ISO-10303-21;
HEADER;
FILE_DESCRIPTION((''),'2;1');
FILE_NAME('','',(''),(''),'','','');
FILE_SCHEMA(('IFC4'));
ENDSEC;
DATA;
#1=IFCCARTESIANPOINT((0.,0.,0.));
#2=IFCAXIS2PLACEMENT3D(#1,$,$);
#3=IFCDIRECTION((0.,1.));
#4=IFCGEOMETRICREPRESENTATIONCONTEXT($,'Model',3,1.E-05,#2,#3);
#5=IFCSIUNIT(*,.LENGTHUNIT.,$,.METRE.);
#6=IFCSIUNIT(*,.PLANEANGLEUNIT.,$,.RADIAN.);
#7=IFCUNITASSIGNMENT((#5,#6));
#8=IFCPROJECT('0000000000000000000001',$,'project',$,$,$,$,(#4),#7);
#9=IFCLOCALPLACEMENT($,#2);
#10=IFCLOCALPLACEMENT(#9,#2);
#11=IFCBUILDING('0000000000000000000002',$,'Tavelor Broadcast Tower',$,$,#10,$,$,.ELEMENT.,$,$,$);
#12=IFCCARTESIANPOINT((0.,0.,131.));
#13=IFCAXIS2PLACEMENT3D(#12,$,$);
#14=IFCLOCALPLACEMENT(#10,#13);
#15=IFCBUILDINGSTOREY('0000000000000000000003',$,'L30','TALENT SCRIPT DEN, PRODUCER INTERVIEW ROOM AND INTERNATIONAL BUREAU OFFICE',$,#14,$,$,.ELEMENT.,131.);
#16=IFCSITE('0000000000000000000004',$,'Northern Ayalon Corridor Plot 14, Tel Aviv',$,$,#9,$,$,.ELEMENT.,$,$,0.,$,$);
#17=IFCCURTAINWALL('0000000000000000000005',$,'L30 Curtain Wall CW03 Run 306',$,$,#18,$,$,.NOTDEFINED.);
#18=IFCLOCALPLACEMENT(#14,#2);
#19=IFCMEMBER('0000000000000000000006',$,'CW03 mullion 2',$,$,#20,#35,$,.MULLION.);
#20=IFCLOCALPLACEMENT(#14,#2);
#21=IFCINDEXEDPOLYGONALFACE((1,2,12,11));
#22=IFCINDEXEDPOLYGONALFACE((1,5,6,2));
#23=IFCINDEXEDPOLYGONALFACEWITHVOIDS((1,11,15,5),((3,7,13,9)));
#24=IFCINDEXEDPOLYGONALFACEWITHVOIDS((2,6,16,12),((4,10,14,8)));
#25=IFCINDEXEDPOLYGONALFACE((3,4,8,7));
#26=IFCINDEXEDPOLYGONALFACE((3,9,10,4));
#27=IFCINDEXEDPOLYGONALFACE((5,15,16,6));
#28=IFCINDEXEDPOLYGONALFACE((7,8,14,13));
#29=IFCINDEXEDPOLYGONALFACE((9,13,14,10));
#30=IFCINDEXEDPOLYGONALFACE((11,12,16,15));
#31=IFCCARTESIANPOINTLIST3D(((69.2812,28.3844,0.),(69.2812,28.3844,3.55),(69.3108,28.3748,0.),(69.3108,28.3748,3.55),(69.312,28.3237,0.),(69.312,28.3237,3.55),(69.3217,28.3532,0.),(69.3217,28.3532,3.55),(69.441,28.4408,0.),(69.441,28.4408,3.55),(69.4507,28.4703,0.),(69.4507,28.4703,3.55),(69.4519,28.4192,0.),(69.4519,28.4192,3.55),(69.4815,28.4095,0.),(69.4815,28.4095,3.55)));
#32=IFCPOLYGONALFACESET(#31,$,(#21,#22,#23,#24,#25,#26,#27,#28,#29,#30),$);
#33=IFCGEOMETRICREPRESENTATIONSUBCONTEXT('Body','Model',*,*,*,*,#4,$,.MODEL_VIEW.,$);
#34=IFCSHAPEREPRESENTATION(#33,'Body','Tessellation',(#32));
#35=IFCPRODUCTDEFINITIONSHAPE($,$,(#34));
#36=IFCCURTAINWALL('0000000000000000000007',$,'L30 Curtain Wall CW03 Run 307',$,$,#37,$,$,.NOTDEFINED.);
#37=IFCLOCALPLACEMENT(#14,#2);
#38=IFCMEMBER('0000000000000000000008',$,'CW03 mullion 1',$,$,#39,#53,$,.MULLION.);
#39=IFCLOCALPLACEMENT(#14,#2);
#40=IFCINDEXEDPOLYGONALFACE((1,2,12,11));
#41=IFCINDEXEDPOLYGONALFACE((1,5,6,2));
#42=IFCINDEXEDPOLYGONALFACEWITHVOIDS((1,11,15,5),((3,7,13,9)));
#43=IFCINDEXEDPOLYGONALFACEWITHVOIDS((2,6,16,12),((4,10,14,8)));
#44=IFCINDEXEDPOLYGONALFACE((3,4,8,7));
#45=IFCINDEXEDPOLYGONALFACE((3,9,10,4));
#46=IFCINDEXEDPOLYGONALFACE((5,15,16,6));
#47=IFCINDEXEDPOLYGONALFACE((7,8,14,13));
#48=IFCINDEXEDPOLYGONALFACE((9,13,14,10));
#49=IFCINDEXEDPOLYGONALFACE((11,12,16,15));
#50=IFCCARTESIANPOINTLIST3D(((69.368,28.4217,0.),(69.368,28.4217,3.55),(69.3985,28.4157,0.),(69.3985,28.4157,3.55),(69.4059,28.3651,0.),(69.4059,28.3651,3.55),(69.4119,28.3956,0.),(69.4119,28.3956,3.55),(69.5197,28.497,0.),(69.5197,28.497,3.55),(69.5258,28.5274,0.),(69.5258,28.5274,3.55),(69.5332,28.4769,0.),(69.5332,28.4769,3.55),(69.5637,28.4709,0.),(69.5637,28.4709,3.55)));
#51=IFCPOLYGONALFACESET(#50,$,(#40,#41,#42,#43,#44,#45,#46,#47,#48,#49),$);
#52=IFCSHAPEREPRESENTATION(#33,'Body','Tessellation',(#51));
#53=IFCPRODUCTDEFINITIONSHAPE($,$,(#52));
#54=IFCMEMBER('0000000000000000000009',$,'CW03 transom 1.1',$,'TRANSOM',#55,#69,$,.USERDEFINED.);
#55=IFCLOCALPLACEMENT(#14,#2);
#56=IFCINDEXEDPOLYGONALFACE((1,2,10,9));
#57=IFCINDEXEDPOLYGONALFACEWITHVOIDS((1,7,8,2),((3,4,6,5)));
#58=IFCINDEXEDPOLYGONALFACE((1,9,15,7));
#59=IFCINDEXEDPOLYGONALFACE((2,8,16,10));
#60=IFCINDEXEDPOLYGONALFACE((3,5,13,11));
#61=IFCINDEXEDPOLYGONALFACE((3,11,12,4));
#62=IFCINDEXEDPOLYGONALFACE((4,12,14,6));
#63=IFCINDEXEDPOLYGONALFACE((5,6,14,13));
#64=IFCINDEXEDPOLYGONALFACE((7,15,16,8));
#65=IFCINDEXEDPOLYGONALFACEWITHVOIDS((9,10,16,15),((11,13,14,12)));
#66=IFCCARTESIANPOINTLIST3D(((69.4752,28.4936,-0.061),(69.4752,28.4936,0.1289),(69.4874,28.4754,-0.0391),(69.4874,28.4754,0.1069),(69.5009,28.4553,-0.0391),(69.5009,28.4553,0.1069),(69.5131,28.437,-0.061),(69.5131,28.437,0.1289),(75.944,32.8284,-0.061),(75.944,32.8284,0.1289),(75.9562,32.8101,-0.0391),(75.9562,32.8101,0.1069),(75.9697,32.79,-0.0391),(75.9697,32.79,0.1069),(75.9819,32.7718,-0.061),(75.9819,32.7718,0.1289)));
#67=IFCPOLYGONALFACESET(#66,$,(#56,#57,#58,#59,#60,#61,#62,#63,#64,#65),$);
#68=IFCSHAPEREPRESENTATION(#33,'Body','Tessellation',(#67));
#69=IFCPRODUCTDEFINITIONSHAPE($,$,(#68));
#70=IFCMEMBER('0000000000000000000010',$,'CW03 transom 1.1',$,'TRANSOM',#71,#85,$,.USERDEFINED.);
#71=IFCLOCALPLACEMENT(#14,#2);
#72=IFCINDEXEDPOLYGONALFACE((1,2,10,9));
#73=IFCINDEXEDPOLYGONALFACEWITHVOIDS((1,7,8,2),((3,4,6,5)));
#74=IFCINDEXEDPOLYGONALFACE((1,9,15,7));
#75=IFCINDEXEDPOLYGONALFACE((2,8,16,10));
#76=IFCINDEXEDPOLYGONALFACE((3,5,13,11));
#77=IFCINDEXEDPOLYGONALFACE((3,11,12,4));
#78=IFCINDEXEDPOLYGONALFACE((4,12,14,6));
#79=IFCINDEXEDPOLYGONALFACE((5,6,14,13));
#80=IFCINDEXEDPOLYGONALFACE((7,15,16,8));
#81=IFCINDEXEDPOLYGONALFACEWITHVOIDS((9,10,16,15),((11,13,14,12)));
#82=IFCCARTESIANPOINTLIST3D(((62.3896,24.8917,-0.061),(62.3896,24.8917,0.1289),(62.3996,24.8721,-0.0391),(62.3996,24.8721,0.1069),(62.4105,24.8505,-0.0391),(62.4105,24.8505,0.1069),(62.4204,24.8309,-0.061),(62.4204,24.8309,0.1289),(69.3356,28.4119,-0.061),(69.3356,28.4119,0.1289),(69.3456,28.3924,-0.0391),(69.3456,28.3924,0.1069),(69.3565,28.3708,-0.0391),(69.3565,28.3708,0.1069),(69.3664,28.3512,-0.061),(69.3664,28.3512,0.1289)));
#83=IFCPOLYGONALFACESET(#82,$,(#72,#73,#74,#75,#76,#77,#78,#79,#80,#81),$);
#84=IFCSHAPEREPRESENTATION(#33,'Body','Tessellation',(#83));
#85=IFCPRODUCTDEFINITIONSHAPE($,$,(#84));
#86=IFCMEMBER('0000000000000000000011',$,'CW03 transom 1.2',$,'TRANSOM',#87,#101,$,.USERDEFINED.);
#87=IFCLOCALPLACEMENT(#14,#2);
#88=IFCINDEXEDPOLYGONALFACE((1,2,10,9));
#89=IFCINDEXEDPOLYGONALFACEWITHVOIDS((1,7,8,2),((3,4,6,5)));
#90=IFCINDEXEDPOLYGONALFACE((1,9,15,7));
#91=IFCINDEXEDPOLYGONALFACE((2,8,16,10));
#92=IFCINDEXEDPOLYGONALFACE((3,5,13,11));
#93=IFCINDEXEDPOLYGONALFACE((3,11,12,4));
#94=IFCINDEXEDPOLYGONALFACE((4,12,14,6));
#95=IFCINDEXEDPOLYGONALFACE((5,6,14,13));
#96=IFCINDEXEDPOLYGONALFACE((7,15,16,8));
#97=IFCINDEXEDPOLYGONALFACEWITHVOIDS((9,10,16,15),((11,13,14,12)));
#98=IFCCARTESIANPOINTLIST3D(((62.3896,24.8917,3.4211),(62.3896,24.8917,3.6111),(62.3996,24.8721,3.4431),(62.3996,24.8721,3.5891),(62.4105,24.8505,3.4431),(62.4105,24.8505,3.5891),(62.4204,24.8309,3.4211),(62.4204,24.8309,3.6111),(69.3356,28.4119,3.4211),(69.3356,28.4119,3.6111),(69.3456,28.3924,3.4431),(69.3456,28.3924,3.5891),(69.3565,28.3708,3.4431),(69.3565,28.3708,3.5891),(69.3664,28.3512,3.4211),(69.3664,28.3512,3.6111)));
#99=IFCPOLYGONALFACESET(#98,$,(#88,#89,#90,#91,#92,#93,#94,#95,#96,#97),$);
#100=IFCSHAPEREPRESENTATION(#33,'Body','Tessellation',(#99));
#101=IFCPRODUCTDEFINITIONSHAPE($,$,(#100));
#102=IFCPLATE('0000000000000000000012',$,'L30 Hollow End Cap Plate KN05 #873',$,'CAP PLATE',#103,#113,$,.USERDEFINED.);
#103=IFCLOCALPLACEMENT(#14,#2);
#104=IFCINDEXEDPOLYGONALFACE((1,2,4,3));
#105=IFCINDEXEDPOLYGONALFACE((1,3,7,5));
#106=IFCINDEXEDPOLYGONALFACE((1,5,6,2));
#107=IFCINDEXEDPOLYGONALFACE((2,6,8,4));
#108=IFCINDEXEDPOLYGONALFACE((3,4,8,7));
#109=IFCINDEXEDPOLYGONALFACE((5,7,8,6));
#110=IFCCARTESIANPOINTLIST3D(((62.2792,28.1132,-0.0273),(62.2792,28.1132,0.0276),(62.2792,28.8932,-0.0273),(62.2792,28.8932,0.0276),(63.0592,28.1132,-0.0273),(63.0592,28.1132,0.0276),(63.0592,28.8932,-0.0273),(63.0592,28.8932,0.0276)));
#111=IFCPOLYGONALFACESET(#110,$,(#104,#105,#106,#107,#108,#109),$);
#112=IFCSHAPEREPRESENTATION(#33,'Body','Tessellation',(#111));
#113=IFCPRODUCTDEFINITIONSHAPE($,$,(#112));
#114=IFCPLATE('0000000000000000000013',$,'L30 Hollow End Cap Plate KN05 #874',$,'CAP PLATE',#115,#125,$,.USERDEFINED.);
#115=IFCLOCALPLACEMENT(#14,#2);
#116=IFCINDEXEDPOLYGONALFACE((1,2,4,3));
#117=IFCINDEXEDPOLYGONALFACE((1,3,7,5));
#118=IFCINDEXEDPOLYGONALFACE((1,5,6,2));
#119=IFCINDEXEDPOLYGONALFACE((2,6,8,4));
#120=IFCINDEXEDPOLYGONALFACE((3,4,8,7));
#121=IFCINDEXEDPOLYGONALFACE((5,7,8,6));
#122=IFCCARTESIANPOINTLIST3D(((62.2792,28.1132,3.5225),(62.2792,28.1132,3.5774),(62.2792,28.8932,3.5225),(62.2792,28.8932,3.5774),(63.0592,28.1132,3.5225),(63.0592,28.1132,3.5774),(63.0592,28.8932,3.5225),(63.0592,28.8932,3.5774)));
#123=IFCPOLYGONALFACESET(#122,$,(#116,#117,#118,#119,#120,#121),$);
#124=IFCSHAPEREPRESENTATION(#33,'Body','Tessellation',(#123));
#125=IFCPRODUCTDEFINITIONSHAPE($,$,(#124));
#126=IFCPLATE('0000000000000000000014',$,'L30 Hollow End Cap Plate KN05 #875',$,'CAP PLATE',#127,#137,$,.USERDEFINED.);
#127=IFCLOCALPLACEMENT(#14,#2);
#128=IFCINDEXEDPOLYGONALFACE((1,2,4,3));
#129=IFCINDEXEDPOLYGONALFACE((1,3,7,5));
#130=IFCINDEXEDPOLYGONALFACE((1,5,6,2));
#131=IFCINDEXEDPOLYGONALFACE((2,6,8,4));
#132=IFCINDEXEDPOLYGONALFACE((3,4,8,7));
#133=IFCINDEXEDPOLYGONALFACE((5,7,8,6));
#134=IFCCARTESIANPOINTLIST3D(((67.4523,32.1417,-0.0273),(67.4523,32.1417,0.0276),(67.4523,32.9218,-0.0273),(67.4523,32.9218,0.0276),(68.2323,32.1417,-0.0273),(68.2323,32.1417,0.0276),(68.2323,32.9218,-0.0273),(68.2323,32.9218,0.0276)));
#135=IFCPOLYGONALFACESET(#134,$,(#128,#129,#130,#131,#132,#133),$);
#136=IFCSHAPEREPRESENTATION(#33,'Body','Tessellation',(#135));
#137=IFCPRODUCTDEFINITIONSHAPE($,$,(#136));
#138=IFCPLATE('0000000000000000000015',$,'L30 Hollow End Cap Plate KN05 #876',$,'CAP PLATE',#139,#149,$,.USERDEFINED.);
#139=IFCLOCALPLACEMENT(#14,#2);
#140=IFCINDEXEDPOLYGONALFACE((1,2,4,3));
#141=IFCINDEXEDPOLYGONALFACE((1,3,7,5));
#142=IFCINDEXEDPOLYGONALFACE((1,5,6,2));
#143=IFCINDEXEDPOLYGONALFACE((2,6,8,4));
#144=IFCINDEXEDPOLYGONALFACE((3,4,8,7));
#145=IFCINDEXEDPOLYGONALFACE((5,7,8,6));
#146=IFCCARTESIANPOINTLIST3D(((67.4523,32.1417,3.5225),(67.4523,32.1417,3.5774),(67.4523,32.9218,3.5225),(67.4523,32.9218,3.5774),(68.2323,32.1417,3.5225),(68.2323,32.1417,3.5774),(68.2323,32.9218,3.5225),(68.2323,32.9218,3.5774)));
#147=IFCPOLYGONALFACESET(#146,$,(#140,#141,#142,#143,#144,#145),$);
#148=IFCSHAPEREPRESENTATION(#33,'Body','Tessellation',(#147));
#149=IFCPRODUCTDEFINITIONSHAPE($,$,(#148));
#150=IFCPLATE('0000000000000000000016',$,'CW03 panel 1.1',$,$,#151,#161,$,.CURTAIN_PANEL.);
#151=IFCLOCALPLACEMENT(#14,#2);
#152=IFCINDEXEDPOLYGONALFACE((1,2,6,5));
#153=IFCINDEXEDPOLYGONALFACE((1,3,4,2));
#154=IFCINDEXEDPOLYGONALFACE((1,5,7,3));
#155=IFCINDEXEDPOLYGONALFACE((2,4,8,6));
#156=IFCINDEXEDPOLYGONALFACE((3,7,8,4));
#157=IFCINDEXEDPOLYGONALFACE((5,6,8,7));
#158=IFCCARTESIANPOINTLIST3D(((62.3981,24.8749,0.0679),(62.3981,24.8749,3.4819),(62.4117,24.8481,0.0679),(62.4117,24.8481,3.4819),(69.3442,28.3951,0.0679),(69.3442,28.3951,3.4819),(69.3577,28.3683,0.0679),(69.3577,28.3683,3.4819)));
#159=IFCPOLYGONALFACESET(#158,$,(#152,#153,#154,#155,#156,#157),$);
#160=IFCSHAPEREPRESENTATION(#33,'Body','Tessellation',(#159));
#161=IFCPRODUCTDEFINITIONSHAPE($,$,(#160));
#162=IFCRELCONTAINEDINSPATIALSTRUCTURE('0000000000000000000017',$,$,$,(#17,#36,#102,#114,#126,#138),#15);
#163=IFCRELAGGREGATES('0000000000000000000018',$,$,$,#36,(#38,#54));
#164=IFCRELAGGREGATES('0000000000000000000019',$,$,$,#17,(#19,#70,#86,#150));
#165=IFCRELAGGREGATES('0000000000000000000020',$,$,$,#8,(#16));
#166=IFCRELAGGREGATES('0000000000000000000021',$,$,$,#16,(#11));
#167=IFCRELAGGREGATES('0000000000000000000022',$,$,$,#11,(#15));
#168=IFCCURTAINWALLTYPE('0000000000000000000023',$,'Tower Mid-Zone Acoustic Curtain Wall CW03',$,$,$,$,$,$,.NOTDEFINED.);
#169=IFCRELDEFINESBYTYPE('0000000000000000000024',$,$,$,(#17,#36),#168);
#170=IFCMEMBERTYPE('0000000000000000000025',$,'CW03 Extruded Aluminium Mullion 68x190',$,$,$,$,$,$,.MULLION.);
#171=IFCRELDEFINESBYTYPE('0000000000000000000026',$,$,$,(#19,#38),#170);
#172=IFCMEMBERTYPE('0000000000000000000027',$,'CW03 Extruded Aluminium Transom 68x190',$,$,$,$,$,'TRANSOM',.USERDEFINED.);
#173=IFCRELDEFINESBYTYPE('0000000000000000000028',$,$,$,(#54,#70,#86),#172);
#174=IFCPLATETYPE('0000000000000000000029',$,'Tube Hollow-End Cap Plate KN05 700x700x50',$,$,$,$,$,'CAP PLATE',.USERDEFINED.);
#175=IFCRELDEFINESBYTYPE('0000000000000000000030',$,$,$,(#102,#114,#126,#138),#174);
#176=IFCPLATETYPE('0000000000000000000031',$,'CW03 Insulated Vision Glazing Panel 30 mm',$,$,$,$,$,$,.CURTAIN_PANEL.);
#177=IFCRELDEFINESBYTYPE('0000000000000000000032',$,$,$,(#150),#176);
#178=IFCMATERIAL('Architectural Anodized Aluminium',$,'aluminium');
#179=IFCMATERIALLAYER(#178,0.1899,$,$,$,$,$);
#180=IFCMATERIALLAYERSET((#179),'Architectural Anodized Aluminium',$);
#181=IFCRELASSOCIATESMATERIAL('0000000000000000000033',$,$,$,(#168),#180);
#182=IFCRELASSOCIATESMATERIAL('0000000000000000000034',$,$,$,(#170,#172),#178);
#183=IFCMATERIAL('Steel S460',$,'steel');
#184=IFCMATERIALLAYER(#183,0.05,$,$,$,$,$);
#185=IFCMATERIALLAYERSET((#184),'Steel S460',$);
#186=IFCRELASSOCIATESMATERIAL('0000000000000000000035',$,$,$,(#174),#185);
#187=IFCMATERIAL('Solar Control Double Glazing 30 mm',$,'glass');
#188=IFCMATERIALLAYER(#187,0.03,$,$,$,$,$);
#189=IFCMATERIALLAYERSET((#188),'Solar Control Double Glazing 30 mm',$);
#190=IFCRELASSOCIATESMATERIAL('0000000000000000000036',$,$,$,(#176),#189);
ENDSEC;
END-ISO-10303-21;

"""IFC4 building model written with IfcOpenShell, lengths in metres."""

from ifc_helpers import new_model, si_unit, direction, frame, origin, origin_2d, place, context, subcontext, project, spatial, rectangle, hollow_rectangle, extrude, source, transform, mapped, material, layer, layer_set, material_profile, profile_set, type_object, type_shapes, element, aggregate, save


model = new_model("IFC4")

# Units and contexts
model_context = context("Model", 3, precision=1e-05, world=origin(), true_north=direction((0.0, 1.0)))
body_context = subcontext(model_context, "Body", "Model", "MODEL_VIEW")
ifc_project = project(units=[si_unit("LENGTHUNIT", "METRE"), si_unit("PLANEANGLEUNIT", "RADIAN")], contexts=[model_context])

# Site, building, storey
site_placement = place(None, origin())
site = spatial("IfcSite", under=ifc_project, at=site_placement, Name="Northern Ayalon Corridor Plot 14, Tel Aviv", CompositionType="ELEMENT", RefElevation=0.0)
building_placement = place(site_placement, origin())
building = spatial("IfcBuilding", under=site, at=building_placement, Name="Tavelor Broadcast Tower", CompositionType="ELEMENT")
storey_placement = place(building_placement, frame((0.0, 0.0, 131.0)))
storey = spatial("IfcBuildingStorey", under=building, at=storey_placement, Name="L30", Description="TALENT SCRIPT DEN, PRODUCER INTERVIEW ROOM AND INTERNATIONAL BUREAU OFFICE", CompositionType="ELEMENT", Elevation=131.0)

# Shared definitions
ifc_material_1 = material(Name="Steel S460", Category="steel")

# Shared definitions
ifc_material_2 = material(Name="Architectural Anodized Aluminium", Category="aluminium")
ifc_layer_1 = layer(ifc_material_2, 0.1899)
ifc_layer_set_1 = layer_set([ifc_layer_1], Name="Architectural Anodized Aluminium")
curtain_wall_type = type_object("IfcCurtainWallType", Name="Tower Mid-Zone Acoustic Curtain Wall CW03", PredefinedType="NOTDEFINED", material=ifc_layer_set_1)
ifc_material_profile_1 = material_profile(ifc_material_2, hollow_rectangle(XDim=0.0681, YDim=0.1899, WallThickness=0.022, at=origin_2d()), Name="RHS 68x190x22")
ifc_profile_set_1 = profile_set([ifc_material_profile_1], Name="Architectural Anodized Aluminium")
member_type_1 = type_object("IfcMemberType", Name="CW03 Extruded Aluminium Mullion 68x190", PredefinedType="MULLION", material=ifc_profile_set_1)
shared_shape_1 = source(origin(), body_context, "Body", "SweptSolid", [
    extrude(hollow_rectangle(XDim=0.0681, YDim=0.1899, WallThickness=0.022, at=origin_2d()), origin(), (0.0, 0.0, 1.0), 3.55),
])
type_shapes(member_type_1, [shared_shape_1])

# Curtain walls, members
curtain_wall_1_placement = place(storey_placement, origin())
curtain_wall_1 = element("IfcCurtainWall", 1, at=curtain_wall_1_placement, inside=storey, type_object=curtain_wall_type, Name="L30 Curtain Wall CW03 Run 306", PredefinedType="NOTDEFINED")
member_1_placement = place(storey_placement, frame((69.3813, 28.397, 0.0), z_axis=(0.0, 0.0, 1.0), x_axis=(-0.452049, 0.891993, 0.0)))
member_1 = element("IfcMember", 2, at=member_1_placement, type_object=member_type_1, Name="CW03 mullion 2", PredefinedType="MULLION", context=body_context, shape_type="MappedRepresentation", body=[
    mapped(shared_shape_1, transform((0.0, 0.0, 0.0), scale=1.0)),
])
curtain_wall_2_placement = place(storey_placement, origin())
curtain_wall_2 = element("IfcCurtainWall", 3, at=curtain_wall_2_placement, inside=storey, type_object=curtain_wall_type, Name="L30 Curtain Wall CW03 Run 307", PredefinedType="NOTDEFINED")
member_2_placement = place(storey_placement, frame((69.4658, 28.4463, 0.0), z_axis=(0.0, 0.0, 1.0), x_axis=(-0.556679, 0.830728, 0.0)))
member_2 = element("IfcMember", 4, at=member_2_placement, type_object=member_type_1, Name="CW03 mullion 1", PredefinedType="MULLION", context=body_context, shape_type="MappedRepresentation", body=[
    mapped(shared_shape_1, transform((0.0, 0.0, 0.0), scale=1.0)),
])
ifc_material_profile_2 = material_profile(ifc_material_2, hollow_rectangle(XDim=0.0681, YDim=0.1899, WallThickness=0.022, at=origin_2d()), Name="RHS 68x190x22")
ifc_profile_set_2 = profile_set([ifc_material_profile_2], Name="Architectural Anodized Aluminium")
member_type_2 = type_object("IfcMemberType", Name="CW03 Extruded Aluminium Transom 68x190", ElementType="TRANSOM", PredefinedType="USERDEFINED", material=ifc_profile_set_2)
shared_shape_2 = source(origin(), body_context, "Body", "SweptSolid", [
    extrude(hollow_rectangle(XDim=0.0681, YDim=0.1899, WallThickness=0.022, at=origin_2d()), origin(), (0.0, 0.0, 1.0), 7.7869),
])
member_3_placement = place(storey_placement, frame((69.4941, 28.4653, 0.0339), z_axis=(0.830731, 0.556674, 0.0), x_axis=(-0.556674, 0.830731, 0.0)))
member_3 = element("IfcMember", 5, at=member_3_placement, type_object=member_type_2, Name="CW03 transom 1.1", ObjectType="TRANSOM", PredefinedType="USERDEFINED", context=body_context, shape_type="MappedRepresentation", body=[
    mapped(shared_shape_2, transform((0.0, 0.0, 0.0), scale=1.0)),
])
aggregate(curtain_wall_2, [member_2, member_3])

# Members
shared_shape_3 = source(origin(), body_context, "Body", "SweptSolid", [
    extrude(hollow_rectangle(XDim=0.0681, YDim=0.1899, WallThickness=0.022, at=origin_2d()), origin(), (0.0, 0.0, 1.0), 7.7871),
])
type_shapes(member_type_2, [shared_shape_2, shared_shape_3])
member_4_placement = place(storey_placement, frame((62.405, 24.8613, 0.0339), z_axis=(0.891987, 0.45206, 0.0), x_axis=(-0.45206, 0.891987, 0.0)))
member_4 = element("IfcMember", 6, at=member_4_placement, type_object=member_type_2, Name="CW03 transom 1.1", ObjectType="TRANSOM", PredefinedType="USERDEFINED", context=body_context, shape_type="MappedRepresentation", body=[
    mapped(shared_shape_3, transform((0.0, 0.0, 0.0), scale=1.0)),
])
member_5_placement = place(storey_placement, frame((62.405, 24.8613, 3.5161), z_axis=(0.891987, 0.45206, 0.0), x_axis=(-0.45206, 0.891987, 0.0)))
member_5 = element("IfcMember", 7, at=member_5_placement, type_object=member_type_2, Name="CW03 transom 1.2", ObjectType="TRANSOM", PredefinedType="USERDEFINED", context=body_context, shape_type="MappedRepresentation", body=[
    mapped(shared_shape_3, transform((0.0, 0.0, 0.0), scale=1.0)),
])

# Plates
ifc_layer_2 = layer(ifc_material_1, 0.05)
ifc_layer_set_2 = layer_set([ifc_layer_2], Name="Steel S460")
plate_type_1 = type_object("IfcPlateType", Name="Tube Hollow-End Cap Plate KN05 700x700x50", ElementType="CAP PLATE", PredefinedType="USERDEFINED", material=ifc_layer_set_2)
shared_shape_4 = source(origin(), body_context, "Body", "SweptSolid", [
    extrude(rectangle(XDim=0.78, YDim=0.78, at=origin_2d()), origin(), (0.0, 0.0, 1.0), 0.0549),
])
type_shapes(plate_type_1, [shared_shape_4])
for number, where, z_axis, x_axis, name in (
    (8, (62.6692, 28.5032, -0.0273), (0.0, 0.0, 1.0), (1.0, 0.0, 0.0), "L30 Hollow End Cap Plate KN05 #873"),
    (9, (62.6692, 28.5032, 3.5225), (0.0, 0.0, 1.0), (1.0, 0.0, 0.0), "L30 Hollow End Cap Plate KN05 #874"),
    (10, (67.8423, 32.5317, -0.0273), (0.0, 0.0, 1.0), (1.0, 0.0, 0.0), "L30 Hollow End Cap Plate KN05 #875"),
    (11, (67.8423, 32.5317, 3.5225), (0.0, 0.0, 1.0), (1.0, 0.0, 0.0), "L30 Hollow End Cap Plate KN05 #876"),
):
    element("IfcPlate", number, at=place(storey_placement, frame(where, z_axis=z_axis, x_axis=x_axis)), inside=storey, type_object=plate_type_1, Name=name, ObjectType="CAP PLATE", PredefinedType="USERDEFINED", context=body_context, shape_type="MappedRepresentation", body=[
        mapped(shared_shape_4, transform((0.0, 0.0, 0.0), scale=1.0)),
    ])

# Plate
ifc_material_3 = material(Name="Solar Control Double Glazing 30 mm", Category="glass")
ifc_layer_3 = layer(ifc_material_3, 0.03)
ifc_layer_set_3 = layer_set([ifc_layer_3], Name="Solar Control Double Glazing 30 mm")
plate_type_2 = type_object("IfcPlateType", Name="CW03 Insulated Vision Glazing Panel 30 mm", PredefinedType="CURTAIN_PANEL", material=ifc_layer_set_3)
shared_shape_5 = source(origin(), body_context, "Body", "SweptSolid", [
    extrude(rectangle(XDim=7.7871, YDim=0.03, at=origin_2d()), origin(), (0.0, 0.0, 1.0), 3.4141),
])
type_shapes(plate_type_2, [shared_shape_5])
plate_placement = place(storey_placement, frame((65.8779, 26.6216, 0.0679), z_axis=(0.0, 0.0, 1.0), x_axis=(0.891993, 0.452049, 0.0)))
plate = element("IfcPlate", 12, at=plate_placement, type_object=plate_type_2, Name="CW03 panel 1.1", PredefinedType="CURTAIN_PANEL", context=body_context, shape_type="MappedRepresentation", body=[
    mapped(shared_shape_5, transform((0.0, 0.0, 0.0), scale=1.0)),
])
aggregate(curtain_wall_1, [member_1, member_4, member_5, plate])

save(model, "model.ifc")
